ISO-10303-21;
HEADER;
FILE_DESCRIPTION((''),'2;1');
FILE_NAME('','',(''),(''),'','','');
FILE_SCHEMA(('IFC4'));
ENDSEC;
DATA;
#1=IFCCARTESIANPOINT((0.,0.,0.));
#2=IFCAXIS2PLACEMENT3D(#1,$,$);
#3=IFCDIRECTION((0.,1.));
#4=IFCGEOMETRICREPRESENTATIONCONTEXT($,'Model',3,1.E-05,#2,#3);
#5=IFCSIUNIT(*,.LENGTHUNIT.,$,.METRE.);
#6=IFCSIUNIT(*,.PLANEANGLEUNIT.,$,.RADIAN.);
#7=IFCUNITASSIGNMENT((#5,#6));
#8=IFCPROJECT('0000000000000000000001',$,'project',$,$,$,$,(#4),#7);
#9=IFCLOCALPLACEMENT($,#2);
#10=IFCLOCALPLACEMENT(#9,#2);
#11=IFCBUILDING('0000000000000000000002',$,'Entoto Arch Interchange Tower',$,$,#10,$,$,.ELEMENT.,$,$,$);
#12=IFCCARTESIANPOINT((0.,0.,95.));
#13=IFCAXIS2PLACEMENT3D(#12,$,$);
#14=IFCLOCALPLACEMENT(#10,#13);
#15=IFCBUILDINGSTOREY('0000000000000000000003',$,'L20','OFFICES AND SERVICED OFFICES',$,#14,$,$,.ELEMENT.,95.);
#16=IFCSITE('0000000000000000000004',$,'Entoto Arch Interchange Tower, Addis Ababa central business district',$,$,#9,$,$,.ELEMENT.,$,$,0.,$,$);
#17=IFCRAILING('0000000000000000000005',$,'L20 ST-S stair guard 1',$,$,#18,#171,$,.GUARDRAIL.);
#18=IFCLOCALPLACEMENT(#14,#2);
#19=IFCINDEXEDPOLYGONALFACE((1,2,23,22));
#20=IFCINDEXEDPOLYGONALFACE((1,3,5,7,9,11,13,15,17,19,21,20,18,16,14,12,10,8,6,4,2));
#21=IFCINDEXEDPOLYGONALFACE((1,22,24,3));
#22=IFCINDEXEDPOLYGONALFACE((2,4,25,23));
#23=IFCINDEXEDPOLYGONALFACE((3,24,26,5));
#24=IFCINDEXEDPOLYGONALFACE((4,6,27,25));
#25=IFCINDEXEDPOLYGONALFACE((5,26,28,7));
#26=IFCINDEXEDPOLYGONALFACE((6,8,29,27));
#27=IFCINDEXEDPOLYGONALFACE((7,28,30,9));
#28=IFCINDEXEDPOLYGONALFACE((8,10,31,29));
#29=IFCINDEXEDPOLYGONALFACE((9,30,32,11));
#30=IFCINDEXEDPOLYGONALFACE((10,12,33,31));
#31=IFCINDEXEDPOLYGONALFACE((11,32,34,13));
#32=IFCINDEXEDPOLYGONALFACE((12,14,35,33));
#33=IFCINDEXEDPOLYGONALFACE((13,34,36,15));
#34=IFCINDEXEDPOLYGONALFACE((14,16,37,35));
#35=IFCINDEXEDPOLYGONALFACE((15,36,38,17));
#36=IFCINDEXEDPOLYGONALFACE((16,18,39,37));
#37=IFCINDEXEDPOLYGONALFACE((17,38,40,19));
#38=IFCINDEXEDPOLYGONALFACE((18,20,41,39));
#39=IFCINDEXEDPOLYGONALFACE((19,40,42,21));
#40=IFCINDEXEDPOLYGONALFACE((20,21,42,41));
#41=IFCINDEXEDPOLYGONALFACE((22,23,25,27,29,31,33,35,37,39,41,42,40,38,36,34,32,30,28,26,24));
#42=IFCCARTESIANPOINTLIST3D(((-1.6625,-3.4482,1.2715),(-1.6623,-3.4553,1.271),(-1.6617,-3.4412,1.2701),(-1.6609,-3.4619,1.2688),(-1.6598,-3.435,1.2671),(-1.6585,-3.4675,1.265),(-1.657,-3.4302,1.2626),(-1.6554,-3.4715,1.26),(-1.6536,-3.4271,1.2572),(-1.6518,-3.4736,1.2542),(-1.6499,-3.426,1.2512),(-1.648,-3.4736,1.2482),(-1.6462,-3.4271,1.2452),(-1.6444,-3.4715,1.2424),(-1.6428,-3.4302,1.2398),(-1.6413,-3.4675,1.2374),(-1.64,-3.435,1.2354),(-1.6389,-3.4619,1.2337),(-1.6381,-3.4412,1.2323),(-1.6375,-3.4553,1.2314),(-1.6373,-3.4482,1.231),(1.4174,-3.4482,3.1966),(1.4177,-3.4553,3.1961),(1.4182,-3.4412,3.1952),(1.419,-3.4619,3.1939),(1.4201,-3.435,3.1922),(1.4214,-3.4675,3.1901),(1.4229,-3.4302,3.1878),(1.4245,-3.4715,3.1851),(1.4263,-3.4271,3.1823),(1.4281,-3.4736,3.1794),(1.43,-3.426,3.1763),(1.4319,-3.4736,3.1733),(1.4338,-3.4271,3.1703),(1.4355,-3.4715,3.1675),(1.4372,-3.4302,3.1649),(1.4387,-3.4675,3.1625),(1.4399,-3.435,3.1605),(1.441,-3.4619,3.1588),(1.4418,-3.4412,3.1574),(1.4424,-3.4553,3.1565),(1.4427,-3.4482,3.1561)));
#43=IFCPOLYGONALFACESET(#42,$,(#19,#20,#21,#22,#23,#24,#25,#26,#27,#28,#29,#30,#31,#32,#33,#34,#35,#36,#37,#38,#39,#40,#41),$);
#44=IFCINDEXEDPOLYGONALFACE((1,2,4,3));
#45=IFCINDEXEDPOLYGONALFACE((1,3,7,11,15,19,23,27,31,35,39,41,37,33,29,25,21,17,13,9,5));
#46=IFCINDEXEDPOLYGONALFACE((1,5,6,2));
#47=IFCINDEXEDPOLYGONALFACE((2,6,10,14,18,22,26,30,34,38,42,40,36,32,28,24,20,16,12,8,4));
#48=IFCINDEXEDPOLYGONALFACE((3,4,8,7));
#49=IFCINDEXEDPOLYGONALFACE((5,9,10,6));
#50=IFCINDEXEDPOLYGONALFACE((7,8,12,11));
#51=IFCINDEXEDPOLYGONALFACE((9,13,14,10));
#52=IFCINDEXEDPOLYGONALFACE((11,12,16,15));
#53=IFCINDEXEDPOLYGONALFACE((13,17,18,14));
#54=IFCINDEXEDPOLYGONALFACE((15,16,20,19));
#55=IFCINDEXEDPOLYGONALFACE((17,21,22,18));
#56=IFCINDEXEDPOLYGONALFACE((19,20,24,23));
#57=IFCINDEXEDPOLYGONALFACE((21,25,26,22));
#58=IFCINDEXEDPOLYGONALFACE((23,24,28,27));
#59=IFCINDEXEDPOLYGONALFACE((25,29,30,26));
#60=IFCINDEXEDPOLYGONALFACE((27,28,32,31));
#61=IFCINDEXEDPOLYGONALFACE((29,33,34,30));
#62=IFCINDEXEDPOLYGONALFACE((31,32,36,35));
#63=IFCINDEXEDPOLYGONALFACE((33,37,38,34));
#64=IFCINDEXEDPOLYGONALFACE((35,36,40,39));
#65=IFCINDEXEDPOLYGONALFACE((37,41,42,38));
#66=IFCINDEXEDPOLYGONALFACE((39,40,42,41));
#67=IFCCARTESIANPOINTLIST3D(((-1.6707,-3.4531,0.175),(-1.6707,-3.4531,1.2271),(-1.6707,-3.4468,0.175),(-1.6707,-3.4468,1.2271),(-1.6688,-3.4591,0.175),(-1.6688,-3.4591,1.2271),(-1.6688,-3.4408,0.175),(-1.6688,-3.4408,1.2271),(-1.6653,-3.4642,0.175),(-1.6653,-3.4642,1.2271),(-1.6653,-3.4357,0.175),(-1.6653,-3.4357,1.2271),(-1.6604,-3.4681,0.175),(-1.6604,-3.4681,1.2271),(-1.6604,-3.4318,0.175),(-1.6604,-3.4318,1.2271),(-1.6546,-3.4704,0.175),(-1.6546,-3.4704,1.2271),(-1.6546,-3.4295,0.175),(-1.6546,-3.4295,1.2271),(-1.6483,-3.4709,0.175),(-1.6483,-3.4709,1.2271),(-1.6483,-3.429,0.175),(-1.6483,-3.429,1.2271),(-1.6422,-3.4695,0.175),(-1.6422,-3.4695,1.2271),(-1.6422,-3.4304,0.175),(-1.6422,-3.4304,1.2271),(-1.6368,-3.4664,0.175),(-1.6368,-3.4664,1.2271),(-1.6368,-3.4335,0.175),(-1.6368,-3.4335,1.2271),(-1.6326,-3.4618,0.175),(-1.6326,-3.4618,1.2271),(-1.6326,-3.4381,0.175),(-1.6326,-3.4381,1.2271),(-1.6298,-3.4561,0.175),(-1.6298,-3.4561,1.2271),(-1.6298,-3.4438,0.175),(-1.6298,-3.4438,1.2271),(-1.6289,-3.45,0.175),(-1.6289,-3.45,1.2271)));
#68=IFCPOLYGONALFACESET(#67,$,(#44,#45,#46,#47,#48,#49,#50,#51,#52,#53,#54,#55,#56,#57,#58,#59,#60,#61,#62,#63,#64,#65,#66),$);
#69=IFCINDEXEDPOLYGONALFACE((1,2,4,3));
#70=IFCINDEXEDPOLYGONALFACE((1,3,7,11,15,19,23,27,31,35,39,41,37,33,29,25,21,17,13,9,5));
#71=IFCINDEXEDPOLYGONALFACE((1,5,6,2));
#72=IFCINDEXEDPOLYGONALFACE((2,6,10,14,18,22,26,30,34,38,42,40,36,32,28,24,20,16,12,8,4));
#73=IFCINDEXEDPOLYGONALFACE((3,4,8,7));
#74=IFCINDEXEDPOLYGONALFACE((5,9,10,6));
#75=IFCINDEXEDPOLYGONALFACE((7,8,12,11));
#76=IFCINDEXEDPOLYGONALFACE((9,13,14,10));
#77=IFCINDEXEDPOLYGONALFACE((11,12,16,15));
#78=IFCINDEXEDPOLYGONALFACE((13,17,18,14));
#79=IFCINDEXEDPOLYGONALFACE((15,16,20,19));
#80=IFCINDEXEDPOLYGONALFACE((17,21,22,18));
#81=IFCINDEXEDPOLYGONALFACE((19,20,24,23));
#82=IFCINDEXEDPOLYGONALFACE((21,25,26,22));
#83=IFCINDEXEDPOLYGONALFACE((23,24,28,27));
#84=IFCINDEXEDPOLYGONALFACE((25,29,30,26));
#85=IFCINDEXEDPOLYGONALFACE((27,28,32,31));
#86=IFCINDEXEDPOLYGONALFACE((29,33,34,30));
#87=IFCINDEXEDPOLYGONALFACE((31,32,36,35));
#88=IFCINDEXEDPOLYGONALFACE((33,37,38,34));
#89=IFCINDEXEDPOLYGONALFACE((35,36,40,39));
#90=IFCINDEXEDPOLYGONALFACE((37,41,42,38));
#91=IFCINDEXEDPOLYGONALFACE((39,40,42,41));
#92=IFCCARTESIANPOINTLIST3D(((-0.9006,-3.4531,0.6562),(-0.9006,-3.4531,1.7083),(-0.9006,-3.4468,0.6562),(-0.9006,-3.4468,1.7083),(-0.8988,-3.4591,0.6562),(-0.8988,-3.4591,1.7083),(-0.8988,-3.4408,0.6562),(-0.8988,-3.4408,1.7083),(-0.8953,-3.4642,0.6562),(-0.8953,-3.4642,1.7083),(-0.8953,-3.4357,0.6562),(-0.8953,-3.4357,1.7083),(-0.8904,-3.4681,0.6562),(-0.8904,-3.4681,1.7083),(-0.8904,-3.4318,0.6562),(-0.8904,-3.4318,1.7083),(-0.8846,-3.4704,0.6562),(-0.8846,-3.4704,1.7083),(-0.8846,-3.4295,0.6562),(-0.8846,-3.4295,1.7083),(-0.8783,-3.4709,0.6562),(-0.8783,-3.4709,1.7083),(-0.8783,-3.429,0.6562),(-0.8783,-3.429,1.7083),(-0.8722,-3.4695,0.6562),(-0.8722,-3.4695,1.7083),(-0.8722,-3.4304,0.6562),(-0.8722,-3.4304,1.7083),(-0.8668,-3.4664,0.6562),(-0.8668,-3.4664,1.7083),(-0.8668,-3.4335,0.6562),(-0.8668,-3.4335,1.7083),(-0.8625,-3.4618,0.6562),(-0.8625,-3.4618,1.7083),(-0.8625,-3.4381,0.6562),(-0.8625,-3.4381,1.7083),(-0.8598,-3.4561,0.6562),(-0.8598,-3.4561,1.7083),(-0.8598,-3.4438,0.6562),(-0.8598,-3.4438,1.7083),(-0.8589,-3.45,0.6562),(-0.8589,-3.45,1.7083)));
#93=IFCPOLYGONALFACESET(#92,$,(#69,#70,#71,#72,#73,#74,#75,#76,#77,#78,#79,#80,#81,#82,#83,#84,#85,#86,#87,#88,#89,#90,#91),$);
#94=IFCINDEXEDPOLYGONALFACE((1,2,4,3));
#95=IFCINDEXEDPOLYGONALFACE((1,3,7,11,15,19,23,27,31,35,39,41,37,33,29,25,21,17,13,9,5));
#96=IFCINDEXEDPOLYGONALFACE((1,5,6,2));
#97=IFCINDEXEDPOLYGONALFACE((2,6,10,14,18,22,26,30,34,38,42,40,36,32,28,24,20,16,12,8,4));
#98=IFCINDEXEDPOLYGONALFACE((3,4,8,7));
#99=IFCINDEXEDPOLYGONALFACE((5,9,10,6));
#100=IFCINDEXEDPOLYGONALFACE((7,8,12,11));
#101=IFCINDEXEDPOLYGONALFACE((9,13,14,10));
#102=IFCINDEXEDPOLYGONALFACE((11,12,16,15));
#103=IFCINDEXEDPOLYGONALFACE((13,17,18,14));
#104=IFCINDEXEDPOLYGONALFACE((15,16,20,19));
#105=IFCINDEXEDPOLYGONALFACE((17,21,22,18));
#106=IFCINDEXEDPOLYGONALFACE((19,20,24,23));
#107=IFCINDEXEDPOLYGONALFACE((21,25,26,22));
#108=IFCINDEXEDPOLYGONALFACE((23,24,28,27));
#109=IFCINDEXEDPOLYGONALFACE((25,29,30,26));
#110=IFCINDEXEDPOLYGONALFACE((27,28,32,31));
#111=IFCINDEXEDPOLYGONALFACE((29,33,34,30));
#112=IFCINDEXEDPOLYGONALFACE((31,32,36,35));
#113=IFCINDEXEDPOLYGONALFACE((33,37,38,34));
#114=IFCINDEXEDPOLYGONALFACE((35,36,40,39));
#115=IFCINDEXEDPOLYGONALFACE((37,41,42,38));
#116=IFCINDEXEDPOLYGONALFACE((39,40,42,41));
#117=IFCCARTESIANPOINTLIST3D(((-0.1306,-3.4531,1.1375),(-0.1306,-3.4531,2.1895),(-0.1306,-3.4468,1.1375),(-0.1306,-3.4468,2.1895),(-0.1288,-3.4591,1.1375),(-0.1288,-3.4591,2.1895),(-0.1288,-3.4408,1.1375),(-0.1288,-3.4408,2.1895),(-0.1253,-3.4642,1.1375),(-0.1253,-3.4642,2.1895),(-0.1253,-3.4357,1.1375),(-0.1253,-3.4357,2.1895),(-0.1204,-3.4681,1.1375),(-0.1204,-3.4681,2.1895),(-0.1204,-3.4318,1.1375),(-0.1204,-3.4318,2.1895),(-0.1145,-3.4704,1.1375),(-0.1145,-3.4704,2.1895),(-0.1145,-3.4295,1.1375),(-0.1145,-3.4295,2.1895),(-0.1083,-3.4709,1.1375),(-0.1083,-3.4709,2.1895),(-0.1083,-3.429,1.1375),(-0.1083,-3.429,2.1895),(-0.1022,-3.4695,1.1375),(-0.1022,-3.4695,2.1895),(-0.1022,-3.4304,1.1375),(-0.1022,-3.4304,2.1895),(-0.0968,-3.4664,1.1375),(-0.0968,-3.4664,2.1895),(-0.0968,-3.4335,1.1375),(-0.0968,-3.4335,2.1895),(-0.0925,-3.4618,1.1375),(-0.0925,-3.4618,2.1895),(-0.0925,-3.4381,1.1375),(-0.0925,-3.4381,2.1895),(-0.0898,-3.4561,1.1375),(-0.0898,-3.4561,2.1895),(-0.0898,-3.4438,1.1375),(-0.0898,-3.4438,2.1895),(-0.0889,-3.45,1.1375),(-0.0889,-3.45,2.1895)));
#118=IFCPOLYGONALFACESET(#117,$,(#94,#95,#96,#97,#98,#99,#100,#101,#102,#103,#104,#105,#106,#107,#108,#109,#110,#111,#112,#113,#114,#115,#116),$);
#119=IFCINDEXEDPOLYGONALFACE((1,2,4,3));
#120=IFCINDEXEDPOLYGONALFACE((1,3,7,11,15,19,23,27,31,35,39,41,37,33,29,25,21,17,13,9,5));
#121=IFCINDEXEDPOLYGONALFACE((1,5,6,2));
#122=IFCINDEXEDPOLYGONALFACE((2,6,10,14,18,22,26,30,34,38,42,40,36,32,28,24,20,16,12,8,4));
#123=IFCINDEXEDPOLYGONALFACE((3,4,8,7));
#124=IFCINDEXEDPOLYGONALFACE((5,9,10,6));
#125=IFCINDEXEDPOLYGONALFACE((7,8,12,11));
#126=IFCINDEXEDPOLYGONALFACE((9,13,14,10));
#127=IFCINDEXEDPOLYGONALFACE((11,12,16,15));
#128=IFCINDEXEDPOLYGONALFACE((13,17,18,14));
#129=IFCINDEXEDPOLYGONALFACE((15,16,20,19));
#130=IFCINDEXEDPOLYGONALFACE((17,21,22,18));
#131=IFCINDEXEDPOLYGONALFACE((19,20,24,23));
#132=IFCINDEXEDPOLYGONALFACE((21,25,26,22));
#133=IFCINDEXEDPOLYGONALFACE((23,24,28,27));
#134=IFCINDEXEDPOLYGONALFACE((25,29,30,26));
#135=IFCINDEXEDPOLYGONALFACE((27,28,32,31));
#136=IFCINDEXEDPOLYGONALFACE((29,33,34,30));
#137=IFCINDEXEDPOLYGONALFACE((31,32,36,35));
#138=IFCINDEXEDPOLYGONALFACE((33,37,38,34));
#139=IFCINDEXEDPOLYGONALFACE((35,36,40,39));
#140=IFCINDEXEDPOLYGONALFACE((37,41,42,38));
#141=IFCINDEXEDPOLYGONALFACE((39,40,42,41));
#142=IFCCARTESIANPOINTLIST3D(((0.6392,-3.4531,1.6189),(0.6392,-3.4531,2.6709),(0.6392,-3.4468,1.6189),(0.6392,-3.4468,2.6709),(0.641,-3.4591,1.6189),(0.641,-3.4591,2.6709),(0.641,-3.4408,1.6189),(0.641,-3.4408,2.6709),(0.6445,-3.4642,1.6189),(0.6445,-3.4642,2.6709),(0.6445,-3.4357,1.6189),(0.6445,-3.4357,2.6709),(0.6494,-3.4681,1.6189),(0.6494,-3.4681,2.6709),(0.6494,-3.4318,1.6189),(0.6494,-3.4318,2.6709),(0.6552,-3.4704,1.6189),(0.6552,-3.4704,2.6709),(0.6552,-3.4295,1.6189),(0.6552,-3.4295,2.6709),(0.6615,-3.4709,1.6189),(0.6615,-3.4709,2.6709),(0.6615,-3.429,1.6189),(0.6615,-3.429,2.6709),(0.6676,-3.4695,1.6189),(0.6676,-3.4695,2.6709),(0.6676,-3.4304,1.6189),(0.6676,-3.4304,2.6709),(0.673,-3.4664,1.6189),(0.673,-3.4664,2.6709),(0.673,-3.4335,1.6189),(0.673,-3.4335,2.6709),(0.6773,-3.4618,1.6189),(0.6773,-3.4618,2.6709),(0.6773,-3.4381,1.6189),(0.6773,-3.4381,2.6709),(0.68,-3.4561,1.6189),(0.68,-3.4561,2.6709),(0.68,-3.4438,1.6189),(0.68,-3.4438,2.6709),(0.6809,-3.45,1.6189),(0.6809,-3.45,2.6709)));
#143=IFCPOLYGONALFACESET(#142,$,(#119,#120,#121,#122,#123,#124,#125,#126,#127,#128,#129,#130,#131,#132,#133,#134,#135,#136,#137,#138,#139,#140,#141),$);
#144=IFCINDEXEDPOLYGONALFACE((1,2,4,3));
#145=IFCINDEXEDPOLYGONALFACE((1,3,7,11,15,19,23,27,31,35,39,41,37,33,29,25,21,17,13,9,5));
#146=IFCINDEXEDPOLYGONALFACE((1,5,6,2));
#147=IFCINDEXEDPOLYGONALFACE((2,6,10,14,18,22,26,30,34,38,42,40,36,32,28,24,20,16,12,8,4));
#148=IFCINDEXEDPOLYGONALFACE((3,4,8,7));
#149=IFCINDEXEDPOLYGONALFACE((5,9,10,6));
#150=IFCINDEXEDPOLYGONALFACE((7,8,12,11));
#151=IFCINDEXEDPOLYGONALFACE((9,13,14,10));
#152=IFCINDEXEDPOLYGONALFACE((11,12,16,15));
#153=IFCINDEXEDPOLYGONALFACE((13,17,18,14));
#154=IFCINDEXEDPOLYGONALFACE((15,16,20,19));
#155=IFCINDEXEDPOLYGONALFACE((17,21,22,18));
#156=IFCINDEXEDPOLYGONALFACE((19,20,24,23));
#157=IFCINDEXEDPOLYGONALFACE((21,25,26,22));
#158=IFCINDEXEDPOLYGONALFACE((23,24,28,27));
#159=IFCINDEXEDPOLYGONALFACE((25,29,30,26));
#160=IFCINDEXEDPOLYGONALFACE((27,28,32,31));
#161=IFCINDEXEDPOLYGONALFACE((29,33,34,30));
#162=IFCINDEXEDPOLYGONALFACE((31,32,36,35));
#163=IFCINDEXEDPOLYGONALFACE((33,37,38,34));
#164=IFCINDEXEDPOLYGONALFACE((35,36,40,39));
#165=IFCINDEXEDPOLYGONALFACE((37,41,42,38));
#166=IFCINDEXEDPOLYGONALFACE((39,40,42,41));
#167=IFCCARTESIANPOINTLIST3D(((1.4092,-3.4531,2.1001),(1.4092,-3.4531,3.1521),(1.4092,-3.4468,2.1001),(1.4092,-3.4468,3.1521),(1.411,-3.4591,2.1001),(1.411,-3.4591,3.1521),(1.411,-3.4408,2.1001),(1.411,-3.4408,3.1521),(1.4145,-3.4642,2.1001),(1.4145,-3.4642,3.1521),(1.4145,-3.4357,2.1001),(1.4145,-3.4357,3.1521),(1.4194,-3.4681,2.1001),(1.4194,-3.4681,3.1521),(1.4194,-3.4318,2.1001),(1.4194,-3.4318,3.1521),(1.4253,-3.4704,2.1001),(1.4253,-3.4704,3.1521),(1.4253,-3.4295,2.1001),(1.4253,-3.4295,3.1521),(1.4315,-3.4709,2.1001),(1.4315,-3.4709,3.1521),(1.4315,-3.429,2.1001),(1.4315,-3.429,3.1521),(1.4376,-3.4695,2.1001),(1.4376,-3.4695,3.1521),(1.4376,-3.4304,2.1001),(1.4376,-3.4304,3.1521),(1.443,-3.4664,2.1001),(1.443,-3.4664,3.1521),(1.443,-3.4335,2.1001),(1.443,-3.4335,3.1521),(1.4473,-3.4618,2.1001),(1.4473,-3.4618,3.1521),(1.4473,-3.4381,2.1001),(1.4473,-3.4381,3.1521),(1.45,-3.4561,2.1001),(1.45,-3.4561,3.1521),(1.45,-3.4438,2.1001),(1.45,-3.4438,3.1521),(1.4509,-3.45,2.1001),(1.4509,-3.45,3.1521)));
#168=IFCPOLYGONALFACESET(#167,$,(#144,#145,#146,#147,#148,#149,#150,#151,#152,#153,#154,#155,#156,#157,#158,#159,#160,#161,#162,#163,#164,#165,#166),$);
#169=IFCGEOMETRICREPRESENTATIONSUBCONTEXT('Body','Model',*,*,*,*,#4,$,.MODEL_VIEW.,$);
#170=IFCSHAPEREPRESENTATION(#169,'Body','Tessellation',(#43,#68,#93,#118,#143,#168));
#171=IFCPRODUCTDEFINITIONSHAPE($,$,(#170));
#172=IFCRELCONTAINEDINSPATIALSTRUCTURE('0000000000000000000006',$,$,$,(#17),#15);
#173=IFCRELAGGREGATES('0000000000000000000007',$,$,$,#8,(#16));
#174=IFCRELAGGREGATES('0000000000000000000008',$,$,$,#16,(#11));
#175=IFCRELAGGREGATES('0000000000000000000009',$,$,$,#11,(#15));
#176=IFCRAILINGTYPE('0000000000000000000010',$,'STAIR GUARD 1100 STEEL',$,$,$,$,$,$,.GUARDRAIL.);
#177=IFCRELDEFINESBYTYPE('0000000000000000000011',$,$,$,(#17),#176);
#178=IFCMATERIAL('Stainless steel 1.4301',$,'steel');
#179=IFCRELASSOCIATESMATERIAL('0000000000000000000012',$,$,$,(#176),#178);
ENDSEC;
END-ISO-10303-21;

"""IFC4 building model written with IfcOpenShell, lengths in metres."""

from ifc_helpers import new_model, si_unit, direction, frame, origin, origin_2d, place, context, subcontext, project, spatial, circle, extrude, material, type_object, element, save


model = new_model("IFC4")

# Units and contexts
model_context = context("Model", 3, precision=1e-05, world=origin(), true_north=direction((0.0, 1.0)))
body_context = subcontext(model_context, "Body", "Model", "MODEL_VIEW")
ifc_project = project(units=[si_unit("LENGTHUNIT", "METRE"), si_unit("PLANEANGLEUNIT", "RADIAN")], contexts=[model_context])

# Site, building, storey
site_placement = place(None, origin())
site = spatial("IfcSite", under=ifc_project, at=site_placement, Name="Entoto Arch Interchange Tower, Addis Ababa central business district", CompositionType="ELEMENT", RefElevation=0.0)
building_placement = place(site_placement, origin())
building = spatial("IfcBuilding", under=site, at=building_placement, Name="Entoto Arch Interchange Tower", CompositionType="ELEMENT")
storey_placement = place(building_placement, frame((0.0, 0.0, 95.0)))
storey = spatial("IfcBuildingStorey", under=building, at=storey_placement, Name="L20", Description="OFFICES AND SERVICED OFFICES", CompositionType="ELEMENT", Elevation=95.0)

# Railing
ifc_material_1 = material(Name="Stainless steel 1.4301", Category="steel")
railing_type = type_object("IfcRailingType", Name="STAIR GUARD 1100 STEEL", PredefinedType="GUARDRAIL", material=ifc_material_1)
railing_1_placement = place(storey_placement, frame((-1.6499, -3.45, 0.175)))
element("IfcRailing", 1, at=railing_1_placement, inside=storey, type_object=railing_type, Name="L20 ST-S stair guard 1", PredefinedType="GUARDRAIL", context=body_context, shape_type="SweptSolid", body=[
    extrude(circle(Radius=0.0239, at=origin_2d()), frame((0.0, 0.0, 1.0762), z_axis=(0.847979, 0.0, 0.530029), x_axis=(0.0, 1.0, 0.0)), (0.0, 0.0, 1.0), 3.6321),
    extrude(circle(Radius=0.021, at=origin_2d()), origin(), (0.0, 0.0, 1.0), 1.052),
    extrude(circle(Radius=0.021, at=origin_2d()), frame((0.77, 0.0, 0.4812)), (0.0, 0.0, 1.0), 1.052),
    extrude(circle(Radius=0.021, at=origin_2d()), frame((1.54, 0.0, 0.9624)), (0.0, 0.0, 1.0), 1.052),
    extrude(circle(Radius=0.021, at=origin_2d()), frame((2.3098, 0.0, 1.4438)), (0.0, 0.0, 1.0), 1.052),
    extrude(circle(Radius=0.021, at=origin_2d()), frame((3.0798, 0.0, 1.925)), (0.0, 0.0, 1.0), 1.052),
])

save(model, "model.ifc")
